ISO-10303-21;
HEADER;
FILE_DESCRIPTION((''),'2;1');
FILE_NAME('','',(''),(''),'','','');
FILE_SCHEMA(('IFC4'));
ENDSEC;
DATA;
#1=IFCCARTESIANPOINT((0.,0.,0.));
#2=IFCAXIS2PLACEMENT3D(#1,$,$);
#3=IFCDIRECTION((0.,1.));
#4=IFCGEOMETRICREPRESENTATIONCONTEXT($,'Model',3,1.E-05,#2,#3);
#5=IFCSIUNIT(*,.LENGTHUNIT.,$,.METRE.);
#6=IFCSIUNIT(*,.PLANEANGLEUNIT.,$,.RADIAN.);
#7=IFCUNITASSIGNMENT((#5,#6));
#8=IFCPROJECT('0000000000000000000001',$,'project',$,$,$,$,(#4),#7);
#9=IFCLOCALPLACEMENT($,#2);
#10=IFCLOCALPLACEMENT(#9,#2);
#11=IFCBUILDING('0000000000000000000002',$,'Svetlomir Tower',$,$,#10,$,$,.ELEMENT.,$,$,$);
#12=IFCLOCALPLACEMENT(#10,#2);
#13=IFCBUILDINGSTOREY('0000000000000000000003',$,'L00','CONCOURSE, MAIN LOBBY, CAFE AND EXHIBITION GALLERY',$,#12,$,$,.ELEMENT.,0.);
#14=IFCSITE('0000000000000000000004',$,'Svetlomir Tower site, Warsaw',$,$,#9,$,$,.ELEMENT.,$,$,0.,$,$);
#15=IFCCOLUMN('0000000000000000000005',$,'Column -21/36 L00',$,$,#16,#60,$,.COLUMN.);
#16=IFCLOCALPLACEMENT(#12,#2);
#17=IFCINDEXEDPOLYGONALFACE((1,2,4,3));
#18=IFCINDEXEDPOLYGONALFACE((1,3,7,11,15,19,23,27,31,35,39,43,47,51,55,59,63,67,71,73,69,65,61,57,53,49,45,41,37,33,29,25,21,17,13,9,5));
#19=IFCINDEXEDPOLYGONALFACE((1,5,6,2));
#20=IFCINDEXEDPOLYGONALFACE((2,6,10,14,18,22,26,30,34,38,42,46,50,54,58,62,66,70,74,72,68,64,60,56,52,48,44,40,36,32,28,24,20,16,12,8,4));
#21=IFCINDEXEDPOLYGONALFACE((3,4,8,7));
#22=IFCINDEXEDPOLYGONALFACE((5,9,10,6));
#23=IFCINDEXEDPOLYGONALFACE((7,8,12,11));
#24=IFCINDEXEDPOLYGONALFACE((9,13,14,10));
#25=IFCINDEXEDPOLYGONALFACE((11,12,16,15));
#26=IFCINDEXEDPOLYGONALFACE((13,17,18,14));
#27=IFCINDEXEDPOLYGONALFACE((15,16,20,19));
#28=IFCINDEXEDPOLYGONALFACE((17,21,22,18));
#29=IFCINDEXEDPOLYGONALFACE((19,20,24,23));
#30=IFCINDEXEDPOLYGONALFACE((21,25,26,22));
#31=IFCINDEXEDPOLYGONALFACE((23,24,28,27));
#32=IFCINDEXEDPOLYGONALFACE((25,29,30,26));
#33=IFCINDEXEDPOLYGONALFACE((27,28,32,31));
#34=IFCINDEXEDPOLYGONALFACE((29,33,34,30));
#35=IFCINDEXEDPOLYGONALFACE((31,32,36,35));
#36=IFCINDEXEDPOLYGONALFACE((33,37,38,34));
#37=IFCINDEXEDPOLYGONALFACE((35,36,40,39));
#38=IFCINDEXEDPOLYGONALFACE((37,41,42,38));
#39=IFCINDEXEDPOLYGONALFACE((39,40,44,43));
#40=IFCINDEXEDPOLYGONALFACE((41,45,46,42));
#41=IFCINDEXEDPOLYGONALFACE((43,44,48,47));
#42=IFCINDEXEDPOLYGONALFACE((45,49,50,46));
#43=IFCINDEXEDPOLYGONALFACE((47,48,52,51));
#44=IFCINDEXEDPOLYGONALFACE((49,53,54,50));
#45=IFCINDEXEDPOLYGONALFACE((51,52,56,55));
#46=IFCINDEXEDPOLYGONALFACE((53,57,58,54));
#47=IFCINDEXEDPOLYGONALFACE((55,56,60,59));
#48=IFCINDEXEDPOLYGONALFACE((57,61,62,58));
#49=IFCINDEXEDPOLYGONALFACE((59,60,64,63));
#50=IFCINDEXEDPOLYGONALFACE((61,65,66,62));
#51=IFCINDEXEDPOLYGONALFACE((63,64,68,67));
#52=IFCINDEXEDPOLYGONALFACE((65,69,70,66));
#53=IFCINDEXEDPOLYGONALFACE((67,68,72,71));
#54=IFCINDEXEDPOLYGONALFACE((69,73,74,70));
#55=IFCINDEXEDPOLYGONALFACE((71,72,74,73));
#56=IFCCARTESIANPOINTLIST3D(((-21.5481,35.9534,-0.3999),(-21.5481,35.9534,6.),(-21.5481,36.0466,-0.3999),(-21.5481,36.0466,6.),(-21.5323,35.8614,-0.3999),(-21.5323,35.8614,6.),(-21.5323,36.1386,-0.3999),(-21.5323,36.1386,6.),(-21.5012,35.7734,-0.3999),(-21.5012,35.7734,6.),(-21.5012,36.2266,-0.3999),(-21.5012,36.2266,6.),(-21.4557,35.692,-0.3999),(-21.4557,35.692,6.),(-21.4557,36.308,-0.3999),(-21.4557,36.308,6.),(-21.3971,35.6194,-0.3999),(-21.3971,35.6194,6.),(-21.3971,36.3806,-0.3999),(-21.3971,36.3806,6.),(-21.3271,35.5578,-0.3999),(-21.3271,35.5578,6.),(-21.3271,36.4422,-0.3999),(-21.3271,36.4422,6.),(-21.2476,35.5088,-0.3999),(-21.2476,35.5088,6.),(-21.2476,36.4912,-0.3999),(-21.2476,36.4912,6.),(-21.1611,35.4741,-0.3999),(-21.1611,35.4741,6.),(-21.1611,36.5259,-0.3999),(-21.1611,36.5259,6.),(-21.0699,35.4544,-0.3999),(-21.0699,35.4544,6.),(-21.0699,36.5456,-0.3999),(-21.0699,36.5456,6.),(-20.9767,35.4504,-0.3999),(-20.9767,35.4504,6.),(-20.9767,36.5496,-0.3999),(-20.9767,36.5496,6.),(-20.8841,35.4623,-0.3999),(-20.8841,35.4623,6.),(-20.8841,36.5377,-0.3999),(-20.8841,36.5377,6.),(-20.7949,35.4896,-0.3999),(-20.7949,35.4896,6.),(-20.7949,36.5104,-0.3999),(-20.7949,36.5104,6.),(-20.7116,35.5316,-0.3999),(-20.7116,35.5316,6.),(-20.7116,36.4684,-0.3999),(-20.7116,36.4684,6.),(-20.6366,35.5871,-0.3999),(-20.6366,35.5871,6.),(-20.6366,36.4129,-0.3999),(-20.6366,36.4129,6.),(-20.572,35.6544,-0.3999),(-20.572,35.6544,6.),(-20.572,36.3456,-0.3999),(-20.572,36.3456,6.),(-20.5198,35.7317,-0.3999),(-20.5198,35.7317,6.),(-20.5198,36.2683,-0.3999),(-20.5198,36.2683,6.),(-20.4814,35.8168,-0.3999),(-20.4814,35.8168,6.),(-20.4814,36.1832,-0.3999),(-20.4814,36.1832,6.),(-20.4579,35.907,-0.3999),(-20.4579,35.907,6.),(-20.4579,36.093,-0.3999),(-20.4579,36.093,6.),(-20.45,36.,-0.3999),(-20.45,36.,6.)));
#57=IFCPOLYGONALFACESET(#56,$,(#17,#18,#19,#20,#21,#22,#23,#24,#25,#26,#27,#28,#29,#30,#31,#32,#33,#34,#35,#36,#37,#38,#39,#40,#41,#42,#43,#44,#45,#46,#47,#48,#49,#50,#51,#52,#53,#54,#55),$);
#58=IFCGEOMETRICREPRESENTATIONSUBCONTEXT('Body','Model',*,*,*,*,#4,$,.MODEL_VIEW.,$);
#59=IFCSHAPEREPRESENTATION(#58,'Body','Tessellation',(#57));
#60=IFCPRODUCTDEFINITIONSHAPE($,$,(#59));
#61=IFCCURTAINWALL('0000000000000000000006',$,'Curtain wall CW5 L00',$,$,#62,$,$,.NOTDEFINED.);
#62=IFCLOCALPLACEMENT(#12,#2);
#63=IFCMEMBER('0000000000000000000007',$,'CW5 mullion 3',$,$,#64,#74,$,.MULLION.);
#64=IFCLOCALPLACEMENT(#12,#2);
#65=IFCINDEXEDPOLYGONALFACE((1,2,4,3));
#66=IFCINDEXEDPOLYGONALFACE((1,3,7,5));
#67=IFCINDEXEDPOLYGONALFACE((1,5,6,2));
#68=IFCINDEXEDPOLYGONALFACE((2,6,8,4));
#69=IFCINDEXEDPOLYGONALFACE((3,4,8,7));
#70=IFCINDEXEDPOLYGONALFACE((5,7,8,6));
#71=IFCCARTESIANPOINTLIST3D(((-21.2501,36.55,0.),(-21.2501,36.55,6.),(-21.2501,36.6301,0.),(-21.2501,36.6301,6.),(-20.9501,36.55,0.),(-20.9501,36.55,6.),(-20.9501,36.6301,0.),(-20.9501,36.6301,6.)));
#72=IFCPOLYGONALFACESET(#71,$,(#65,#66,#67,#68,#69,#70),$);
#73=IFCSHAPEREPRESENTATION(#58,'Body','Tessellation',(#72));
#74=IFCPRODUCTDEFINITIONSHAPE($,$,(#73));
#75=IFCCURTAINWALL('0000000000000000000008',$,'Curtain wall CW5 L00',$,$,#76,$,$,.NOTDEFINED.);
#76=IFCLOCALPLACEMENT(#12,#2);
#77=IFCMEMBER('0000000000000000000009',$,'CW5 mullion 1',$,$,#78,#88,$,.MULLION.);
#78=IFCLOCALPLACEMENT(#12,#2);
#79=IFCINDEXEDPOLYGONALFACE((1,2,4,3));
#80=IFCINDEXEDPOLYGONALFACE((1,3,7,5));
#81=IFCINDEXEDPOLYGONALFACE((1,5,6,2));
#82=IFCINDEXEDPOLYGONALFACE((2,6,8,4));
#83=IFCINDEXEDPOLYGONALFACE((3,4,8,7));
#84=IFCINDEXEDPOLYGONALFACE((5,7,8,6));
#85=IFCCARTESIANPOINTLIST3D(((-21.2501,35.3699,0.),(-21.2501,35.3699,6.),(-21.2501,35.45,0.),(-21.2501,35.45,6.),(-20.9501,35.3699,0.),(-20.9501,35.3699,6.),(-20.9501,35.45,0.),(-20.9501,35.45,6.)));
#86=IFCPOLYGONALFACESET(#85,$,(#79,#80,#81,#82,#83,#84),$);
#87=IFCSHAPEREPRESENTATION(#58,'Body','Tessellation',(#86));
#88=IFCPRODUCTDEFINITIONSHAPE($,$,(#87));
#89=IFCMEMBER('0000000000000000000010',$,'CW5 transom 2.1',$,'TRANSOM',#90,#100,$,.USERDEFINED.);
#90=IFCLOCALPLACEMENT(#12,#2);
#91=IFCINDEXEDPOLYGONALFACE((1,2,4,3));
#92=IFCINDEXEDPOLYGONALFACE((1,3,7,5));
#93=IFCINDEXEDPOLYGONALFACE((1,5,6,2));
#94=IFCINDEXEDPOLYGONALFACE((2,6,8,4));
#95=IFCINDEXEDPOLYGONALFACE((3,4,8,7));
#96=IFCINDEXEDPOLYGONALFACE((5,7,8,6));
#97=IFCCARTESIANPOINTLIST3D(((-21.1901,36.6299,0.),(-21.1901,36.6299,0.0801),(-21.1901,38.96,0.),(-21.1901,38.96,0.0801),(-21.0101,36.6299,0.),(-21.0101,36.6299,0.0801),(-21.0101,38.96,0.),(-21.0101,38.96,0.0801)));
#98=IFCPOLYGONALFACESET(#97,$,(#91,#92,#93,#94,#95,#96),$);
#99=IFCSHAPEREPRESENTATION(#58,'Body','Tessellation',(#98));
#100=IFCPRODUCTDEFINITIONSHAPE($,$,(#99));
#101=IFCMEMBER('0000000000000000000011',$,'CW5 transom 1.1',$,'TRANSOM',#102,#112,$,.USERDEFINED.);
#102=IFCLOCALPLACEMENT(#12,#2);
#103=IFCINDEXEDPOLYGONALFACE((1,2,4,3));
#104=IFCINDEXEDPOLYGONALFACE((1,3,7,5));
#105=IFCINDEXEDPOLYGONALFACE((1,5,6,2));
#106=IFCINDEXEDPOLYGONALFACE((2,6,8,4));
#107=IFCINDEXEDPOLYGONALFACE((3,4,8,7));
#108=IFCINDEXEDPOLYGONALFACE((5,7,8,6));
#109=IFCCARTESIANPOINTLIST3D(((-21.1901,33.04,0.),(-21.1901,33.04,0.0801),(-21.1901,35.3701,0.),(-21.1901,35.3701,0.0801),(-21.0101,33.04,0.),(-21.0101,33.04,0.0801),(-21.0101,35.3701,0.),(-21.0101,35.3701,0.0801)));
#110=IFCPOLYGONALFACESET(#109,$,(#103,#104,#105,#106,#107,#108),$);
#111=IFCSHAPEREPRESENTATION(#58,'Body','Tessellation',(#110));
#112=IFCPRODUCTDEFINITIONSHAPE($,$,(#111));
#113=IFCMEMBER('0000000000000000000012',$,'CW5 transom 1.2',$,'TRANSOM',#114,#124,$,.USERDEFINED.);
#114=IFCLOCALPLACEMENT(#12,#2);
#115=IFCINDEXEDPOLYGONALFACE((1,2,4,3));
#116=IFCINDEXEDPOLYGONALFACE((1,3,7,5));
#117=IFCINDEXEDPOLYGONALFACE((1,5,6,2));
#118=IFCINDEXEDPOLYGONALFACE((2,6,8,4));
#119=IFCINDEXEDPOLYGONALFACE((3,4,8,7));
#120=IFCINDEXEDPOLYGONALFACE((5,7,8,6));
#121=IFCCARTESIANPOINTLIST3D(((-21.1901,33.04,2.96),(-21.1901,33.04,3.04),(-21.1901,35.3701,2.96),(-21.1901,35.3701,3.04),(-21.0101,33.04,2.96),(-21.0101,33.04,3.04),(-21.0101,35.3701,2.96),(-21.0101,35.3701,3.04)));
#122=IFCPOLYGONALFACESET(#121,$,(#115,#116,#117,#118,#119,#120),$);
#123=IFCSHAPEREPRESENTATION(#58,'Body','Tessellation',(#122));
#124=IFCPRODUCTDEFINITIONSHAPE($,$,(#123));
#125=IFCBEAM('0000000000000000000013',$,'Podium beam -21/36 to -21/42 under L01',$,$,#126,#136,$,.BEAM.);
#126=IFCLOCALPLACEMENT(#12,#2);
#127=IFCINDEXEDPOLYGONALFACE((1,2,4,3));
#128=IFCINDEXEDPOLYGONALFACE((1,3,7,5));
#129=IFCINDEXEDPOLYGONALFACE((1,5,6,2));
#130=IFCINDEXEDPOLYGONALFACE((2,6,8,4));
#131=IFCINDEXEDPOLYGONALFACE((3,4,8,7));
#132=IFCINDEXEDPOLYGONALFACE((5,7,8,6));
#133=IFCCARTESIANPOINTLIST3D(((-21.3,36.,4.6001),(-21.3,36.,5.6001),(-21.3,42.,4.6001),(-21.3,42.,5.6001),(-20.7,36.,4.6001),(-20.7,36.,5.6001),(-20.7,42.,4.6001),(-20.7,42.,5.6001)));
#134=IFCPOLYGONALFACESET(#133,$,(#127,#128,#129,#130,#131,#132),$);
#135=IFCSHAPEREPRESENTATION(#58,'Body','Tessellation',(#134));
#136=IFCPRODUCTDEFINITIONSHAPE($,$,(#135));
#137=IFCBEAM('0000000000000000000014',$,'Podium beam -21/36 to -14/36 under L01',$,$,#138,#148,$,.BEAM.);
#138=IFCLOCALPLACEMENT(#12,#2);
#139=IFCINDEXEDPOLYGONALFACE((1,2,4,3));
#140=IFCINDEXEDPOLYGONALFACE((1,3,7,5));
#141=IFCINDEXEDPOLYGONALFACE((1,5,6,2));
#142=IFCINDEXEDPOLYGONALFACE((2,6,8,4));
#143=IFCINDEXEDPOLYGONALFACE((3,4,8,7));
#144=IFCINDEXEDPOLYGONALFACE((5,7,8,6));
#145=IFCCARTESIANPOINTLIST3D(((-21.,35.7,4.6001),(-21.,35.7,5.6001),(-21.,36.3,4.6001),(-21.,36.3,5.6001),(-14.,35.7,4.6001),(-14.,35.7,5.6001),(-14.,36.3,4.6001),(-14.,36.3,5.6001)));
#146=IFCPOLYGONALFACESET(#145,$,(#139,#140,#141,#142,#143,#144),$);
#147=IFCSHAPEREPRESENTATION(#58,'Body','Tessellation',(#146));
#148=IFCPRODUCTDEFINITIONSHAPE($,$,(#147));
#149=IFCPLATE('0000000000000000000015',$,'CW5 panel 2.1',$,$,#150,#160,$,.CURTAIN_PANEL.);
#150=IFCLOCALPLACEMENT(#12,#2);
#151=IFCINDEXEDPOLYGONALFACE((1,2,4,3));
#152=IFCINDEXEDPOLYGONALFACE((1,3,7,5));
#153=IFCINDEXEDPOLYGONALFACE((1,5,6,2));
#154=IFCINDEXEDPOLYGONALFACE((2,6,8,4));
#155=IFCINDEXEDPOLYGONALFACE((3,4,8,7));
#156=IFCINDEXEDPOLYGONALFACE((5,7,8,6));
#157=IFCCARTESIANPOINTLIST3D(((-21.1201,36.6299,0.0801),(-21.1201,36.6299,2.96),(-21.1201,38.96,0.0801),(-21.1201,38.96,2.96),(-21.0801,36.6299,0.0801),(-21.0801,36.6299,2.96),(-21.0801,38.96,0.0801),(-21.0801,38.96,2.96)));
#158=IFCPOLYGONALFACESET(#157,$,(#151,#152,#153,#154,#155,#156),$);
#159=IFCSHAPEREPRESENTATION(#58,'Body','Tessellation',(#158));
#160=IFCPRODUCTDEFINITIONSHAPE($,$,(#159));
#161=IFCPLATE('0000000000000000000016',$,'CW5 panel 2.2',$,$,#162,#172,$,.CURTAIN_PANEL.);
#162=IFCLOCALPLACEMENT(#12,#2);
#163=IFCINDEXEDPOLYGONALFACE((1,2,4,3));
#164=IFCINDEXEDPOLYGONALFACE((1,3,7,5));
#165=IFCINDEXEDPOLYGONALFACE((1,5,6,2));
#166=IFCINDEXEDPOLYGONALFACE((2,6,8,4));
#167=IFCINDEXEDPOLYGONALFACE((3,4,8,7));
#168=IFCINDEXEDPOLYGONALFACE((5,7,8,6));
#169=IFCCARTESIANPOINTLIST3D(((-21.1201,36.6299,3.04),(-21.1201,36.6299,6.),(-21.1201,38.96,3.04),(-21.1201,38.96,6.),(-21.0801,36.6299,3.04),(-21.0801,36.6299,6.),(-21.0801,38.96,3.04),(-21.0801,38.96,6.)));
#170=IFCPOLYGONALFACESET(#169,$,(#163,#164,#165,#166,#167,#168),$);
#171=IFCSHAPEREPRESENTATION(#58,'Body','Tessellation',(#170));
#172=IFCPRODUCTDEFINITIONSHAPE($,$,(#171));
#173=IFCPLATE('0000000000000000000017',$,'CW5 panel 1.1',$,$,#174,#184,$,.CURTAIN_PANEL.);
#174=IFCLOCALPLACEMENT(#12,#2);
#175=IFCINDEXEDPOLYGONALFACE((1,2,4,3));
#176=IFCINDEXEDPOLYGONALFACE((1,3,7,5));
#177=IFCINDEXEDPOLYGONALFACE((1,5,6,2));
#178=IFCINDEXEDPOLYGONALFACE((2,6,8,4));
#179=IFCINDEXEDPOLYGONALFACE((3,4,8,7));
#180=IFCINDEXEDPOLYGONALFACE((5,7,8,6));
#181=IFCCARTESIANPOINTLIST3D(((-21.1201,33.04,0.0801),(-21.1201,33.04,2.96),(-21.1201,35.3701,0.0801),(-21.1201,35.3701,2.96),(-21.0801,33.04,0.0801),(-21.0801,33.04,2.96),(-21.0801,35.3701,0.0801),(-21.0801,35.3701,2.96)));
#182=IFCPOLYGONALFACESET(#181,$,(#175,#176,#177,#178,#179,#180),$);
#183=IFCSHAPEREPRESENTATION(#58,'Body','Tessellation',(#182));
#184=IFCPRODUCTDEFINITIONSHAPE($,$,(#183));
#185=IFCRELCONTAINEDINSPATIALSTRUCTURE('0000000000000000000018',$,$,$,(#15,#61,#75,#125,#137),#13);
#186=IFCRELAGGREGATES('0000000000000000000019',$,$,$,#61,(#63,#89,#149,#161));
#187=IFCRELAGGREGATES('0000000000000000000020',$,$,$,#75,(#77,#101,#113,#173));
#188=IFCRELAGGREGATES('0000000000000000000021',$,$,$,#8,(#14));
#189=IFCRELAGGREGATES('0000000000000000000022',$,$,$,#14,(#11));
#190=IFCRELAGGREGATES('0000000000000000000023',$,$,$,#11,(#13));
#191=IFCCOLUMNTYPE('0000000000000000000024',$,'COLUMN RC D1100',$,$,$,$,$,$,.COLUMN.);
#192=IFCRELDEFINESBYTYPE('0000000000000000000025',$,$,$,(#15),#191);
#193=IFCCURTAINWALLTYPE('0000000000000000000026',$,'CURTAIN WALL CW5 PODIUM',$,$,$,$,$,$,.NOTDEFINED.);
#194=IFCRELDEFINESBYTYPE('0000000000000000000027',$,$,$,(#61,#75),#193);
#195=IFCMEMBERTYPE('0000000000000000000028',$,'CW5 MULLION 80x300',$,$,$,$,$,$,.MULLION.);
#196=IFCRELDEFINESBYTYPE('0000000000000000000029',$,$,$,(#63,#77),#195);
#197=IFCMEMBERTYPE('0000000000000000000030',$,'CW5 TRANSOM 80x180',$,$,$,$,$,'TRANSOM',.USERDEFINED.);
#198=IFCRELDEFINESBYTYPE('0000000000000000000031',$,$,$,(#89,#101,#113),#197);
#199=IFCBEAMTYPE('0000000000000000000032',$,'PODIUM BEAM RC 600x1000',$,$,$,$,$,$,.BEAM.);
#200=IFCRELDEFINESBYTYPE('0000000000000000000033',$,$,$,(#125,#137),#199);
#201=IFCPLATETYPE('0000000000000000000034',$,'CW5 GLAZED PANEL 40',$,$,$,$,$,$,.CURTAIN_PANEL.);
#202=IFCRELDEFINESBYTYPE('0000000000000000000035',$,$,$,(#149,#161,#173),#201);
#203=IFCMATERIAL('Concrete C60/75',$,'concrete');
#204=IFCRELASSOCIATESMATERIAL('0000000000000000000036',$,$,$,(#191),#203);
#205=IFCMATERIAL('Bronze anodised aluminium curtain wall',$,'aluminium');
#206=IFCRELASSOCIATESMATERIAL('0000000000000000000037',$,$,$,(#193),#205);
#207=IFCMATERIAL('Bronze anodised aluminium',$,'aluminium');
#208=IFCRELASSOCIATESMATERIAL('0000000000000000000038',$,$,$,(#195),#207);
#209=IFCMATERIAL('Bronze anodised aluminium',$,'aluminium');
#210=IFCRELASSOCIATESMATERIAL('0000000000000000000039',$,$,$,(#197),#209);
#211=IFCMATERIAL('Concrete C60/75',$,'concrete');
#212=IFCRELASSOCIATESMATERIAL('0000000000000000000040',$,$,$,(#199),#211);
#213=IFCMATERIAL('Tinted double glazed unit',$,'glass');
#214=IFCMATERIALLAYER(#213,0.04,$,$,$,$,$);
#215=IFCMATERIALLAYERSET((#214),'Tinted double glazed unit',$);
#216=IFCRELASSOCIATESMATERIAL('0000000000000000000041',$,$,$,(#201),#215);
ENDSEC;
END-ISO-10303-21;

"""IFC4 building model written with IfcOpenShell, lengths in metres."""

from ifc_helpers import new_model, si_unit, direction, frame, origin, origin_2d, place, context, subcontext, project, spatial, rectangle, circle, extrude, material, layer, layer_set, material_profile, profile_set, type_object, element, aggregate, save


model = new_model("IFC4")

# Units and contexts
model_context = context("Model", 3, precision=1e-05, world=origin(), true_north=direction((0.0, 1.0)))
body_context = subcontext(model_context, "Body", "Model", "MODEL_VIEW")
ifc_project = project(units=[si_unit("LENGTHUNIT", "METRE"), si_unit("PLANEANGLEUNIT", "RADIAN")], contexts=[model_context])

# Site, building, storey
site_placement = place(None, origin())
site = spatial("IfcSite", under=ifc_project, at=site_placement, Name="Svetlomir Tower site, Warsaw", CompositionType="ELEMENT", RefElevation=0.0)
building_placement = place(site_placement, origin())
building = spatial("IfcBuilding", under=site, at=building_placement, Name="Svetlomir Tower", CompositionType="ELEMENT")
storey_placement = place(building_placement, origin())
storey = spatial("IfcBuildingStorey", under=building, at=storey_placement, Name="L00", Description="CONCOURSE, MAIN LOBBY, CAFE AND EXHIBITION GALLERY", CompositionType="ELEMENT", Elevation=0.0)

# Column
ifc_material_1 = material(Name="Concrete C60/75", Category="concrete")
ifc_material_profile_1 = material_profile(ifc_material_1, circle(Radius=0.55, at=origin_2d()), Name="RC D1100")
ifc_profile_set_1 = profile_set([ifc_material_profile_1], Name="Concrete C60/75")
column_type = type_object("IfcColumnType", Name="COLUMN RC D1100", PredefinedType="COLUMN", material=ifc_profile_set_1)
column_placement = place(storey_placement, frame((-21.0, 36.0, -0.3999), z_axis=(0.0, 0.0, 1.0), x_axis=(1.0, 0.0, 0.0)))
element("IfcColumn", 1, at=column_placement, inside=storey, type_object=column_type, Name="Column -21/36 L00", PredefinedType="COLUMN", context=body_context, shape_type="SweptSolid", body=[
    extrude(circle(Radius=0.55, at=origin_2d()), origin(), (0.0, 0.0, 1.0), 6.3999),
])

# Curtain walls, members
ifc_material_2 = material(Name="Bronze anodised aluminium curtain wall", Category="aluminium")
curtain_wall_type = type_object("IfcCurtainWallType", Name="CURTAIN WALL CW5 PODIUM", PredefinedType="NOTDEFINED", material=ifc_material_2)
curtain_wall_1_placement = place(storey_placement, origin())
curtain_wall_1 = element("IfcCurtainWall", 2, at=curtain_wall_1_placement, inside=storey, type_object=curtain_wall_type, Name="Curtain wall CW5 L00", PredefinedType="NOTDEFINED")
ifc_material_3 = material(Name="Bronze anodised aluminium", Category="aluminium")
ifc_material_profile_2 = material_profile(ifc_material_3, rectangle(XDim=0.0801, YDim=0.3, at=origin_2d()), Name="AL 80x300")
ifc_profile_set_2 = profile_set([ifc_material_profile_2], Name="Bronze anodised aluminium 6063-T6")
member_type_1 = type_object("IfcMemberType", Name="CW5 MULLION 80x300", PredefinedType="MULLION", material=ifc_profile_set_2)
member_1_placement = place(storey_placement, frame((-21.1001, 36.5901, 0.0), z_axis=(0.0, 0.0, 1.0), x_axis=(0.0, -1.0, 0.0)))
member_1 = element("IfcMember", 3, at=member_1_placement, type_object=member_type_1, Name="CW5 mullion 3", PredefinedType="MULLION", context=body_context, shape_type="SweptSolid", body=[
    extrude(rectangle(XDim=0.0801, YDim=0.3, at=origin_2d()), origin(), (0.0, 0.0, 1.0), 6.0),
])
curtain_wall_2_placement = place(storey_placement, origin())
curtain_wall_2 = element("IfcCurtainWall", 4, at=curtain_wall_2_placement, inside=storey, type_object=curtain_wall_type, Name="Curtain wall CW5 L00", PredefinedType="NOTDEFINED")
member_2_placement = place(storey_placement, frame((-21.1001, 35.4099, 0.0), z_axis=(0.0, 0.0, 1.0), x_axis=(0.0, -1.0, 0.0)))
member_2 = element("IfcMember", 5, at=member_2_placement, type_object=member_type_1, Name="CW5 mullion 1", PredefinedType="MULLION", context=body_context, shape_type="SweptSolid", body=[
    extrude(rectangle(XDim=0.0801, YDim=0.3, at=origin_2d()), origin(), (0.0, 0.0, 1.0), 6.0),
])

# Members
ifc_material_4 = material(Name="Bronze anodised aluminium", Category="aluminium")
ifc_material_profile_3 = material_profile(ifc_material_4, rectangle(XDim=0.1799, YDim=0.0801, at=origin_2d()), Name="AL 180x80")
ifc_profile_set_3 = profile_set([ifc_material_profile_3], Name="Bronze anodised aluminium 6063-T6")
member_type_2 = type_object("IfcMemberType", Name="CW5 TRANSOM 80x180", ElementType="TRANSOM", PredefinedType="USERDEFINED", material=ifc_profile_set_3)
member_3_placement = place(storey_placement, frame((-21.1001, 38.96, 0.04), z_axis=(0.0, -1.0, 0.0), x_axis=(1.0, 0.0, 0.0)))
member_3 = element("IfcMember", 6, at=member_3_placement, type_object=member_type_2, Name="CW5 transom 2.1", ObjectType="TRANSOM", PredefinedType="USERDEFINED", context=body_context, shape_type="SweptSolid", body=[
    extrude(rectangle(XDim=0.1799, YDim=0.0801, at=origin_2d()), origin(), (0.0, 0.0, 1.0), 2.3301),
])
member_4_placement = place(storey_placement, frame((-21.1001, 35.3701, 0.04), z_axis=(0.0, -1.0, 0.0), x_axis=(1.0, 0.0, 0.0)))
member_4 = element("IfcMember", 7, at=member_4_placement, type_object=member_type_2, Name="CW5 transom 1.1", ObjectType="TRANSOM", PredefinedType="USERDEFINED", context=body_context, shape_type="SweptSolid", body=[
    extrude(rectangle(XDim=0.1799, YDim=0.0801, at=origin_2d()), origin(), (0.0, 0.0, 1.0), 2.3301),
])
member_5_placement = place(storey_placement, frame((-21.1001, 35.3701, 3.0), z_axis=(0.0, -1.0, 0.0), x_axis=(1.0, 0.0, 0.0)))
member_5 = element("IfcMember", 8, at=member_5_placement, type_object=member_type_2, Name="CW5 transom 1.2", ObjectType="TRANSOM", PredefinedType="USERDEFINED", context=body_context, shape_type="SweptSolid", body=[
    extrude(rectangle(XDim=0.1799, YDim=0.0801, at=origin_2d()), origin(), (0.0, 0.0, 1.0), 2.3301),
])

# Beams
ifc_material_5 = material(Name="Concrete C60/75", Category="concrete")
ifc_material_profile_4 = material_profile(ifc_material_5, rectangle(XDim=0.6001, YDim=1.0, at=origin_2d()), Name="RC 600x1000")
ifc_profile_set_4 = profile_set([ifc_material_profile_4], Name="Concrete C60/75")
beam_type = type_object("IfcBeamType", Name="PODIUM BEAM RC 600x1000", PredefinedType="BEAM", material=ifc_profile_set_4)
beam_1_placement = place(storey_placement, frame((-21.0, 36.0, 5.1001), z_axis=(0.0, 1.0, 0.0), x_axis=(-1.0, 0.0, 0.0)))
element("IfcBeam", 9, at=beam_1_placement, inside=storey, type_object=beam_type, Name="Podium beam -21/36 to -21/42 under L01", PredefinedType="BEAM", context=body_context, shape_type="SweptSolid", body=[
    extrude(rectangle(XDim=0.6001, YDim=1.0, at=origin_2d()), origin(), (0.0, 0.0, 1.0), 6.0),
])
beam_2_placement = place(storey_placement, frame((-21.0, 36.0, 5.1001), z_axis=(1.0, 0.0, 0.0), x_axis=(0.0, 1.0, 0.0)))
element("IfcBeam", 10, at=beam_2_placement, inside=storey, type_object=beam_type, Name="Podium beam -21/36 to -14/36 under L01", PredefinedType="BEAM", context=body_context, shape_type="SweptSolid", body=[
    extrude(rectangle(XDim=0.6001, YDim=1.0, at=origin_2d()), origin(), (0.0, 0.0, 1.0), 7.0),
])

# Plates
ifc_material_6 = material(Name="Tinted double glazed unit", Category="glass")
ifc_layer_1 = layer(ifc_material_6, 0.04)
ifc_layer_set_1 = layer_set([ifc_layer_1], Name="Tinted double glazed unit")
plate_type = type_object("IfcPlateType", Name="CW5 GLAZED PANEL 40", PredefinedType="CURTAIN_PANEL", material=ifc_layer_set_1)
plate_1_placement = place(storey_placement, frame((-21.1001, 37.7949, 0.0801), z_axis=(0.0, 0.0, 1.0), x_axis=(0.0, -1.0, 0.0)))
plate_1 = element("IfcPlate", 11, at=plate_1_placement, type_object=plate_type, Name="CW5 panel 2.1", PredefinedType="CURTAIN_PANEL", context=body_context, shape_type="SweptSolid", body=[
    extrude(rectangle(XDim=2.3301, YDim=0.04, at=origin_2d()), origin(), (0.0, 0.0, 1.0), 2.8799),
])
plate_2_placement = place(storey_placement, frame((-21.1001, 37.7949, 3.04), z_axis=(0.0, 0.0, 1.0), x_axis=(0.0, -1.0, 0.0)))
plate_2 = element("IfcPlate", 12, at=plate_2_placement, type_object=plate_type, Name="CW5 panel 2.2", PredefinedType="CURTAIN_PANEL", context=body_context, shape_type="SweptSolid", body=[
    extrude(rectangle(XDim=2.3301, YDim=0.04, at=origin_2d()), origin(), (0.0, 0.0, 1.0), 2.96),
])
aggregate(curtain_wall_1, [member_1, member_3, plate_1, plate_2])
plate_3_placement = place(storey_placement, frame((-21.1001, 34.2051, 0.0801), z_axis=(0.0, 0.0, 1.0), x_axis=(0.0, -1.0, 0.0)))
plate_3 = element("IfcPlate", 13, at=plate_3_placement, type_object=plate_type, Name="CW5 panel 1.1", PredefinedType="CURTAIN_PANEL", context=body_context, shape_type="SweptSolid", body=[
    extrude(rectangle(XDim=2.3301, YDim=0.04, at=origin_2d()), origin(), (0.0, 0.0, 1.0), 2.8799),
])
aggregate(curtain_wall_2, [member_2, member_4, member_5, plate_3])

save(model, "model.ifc")
